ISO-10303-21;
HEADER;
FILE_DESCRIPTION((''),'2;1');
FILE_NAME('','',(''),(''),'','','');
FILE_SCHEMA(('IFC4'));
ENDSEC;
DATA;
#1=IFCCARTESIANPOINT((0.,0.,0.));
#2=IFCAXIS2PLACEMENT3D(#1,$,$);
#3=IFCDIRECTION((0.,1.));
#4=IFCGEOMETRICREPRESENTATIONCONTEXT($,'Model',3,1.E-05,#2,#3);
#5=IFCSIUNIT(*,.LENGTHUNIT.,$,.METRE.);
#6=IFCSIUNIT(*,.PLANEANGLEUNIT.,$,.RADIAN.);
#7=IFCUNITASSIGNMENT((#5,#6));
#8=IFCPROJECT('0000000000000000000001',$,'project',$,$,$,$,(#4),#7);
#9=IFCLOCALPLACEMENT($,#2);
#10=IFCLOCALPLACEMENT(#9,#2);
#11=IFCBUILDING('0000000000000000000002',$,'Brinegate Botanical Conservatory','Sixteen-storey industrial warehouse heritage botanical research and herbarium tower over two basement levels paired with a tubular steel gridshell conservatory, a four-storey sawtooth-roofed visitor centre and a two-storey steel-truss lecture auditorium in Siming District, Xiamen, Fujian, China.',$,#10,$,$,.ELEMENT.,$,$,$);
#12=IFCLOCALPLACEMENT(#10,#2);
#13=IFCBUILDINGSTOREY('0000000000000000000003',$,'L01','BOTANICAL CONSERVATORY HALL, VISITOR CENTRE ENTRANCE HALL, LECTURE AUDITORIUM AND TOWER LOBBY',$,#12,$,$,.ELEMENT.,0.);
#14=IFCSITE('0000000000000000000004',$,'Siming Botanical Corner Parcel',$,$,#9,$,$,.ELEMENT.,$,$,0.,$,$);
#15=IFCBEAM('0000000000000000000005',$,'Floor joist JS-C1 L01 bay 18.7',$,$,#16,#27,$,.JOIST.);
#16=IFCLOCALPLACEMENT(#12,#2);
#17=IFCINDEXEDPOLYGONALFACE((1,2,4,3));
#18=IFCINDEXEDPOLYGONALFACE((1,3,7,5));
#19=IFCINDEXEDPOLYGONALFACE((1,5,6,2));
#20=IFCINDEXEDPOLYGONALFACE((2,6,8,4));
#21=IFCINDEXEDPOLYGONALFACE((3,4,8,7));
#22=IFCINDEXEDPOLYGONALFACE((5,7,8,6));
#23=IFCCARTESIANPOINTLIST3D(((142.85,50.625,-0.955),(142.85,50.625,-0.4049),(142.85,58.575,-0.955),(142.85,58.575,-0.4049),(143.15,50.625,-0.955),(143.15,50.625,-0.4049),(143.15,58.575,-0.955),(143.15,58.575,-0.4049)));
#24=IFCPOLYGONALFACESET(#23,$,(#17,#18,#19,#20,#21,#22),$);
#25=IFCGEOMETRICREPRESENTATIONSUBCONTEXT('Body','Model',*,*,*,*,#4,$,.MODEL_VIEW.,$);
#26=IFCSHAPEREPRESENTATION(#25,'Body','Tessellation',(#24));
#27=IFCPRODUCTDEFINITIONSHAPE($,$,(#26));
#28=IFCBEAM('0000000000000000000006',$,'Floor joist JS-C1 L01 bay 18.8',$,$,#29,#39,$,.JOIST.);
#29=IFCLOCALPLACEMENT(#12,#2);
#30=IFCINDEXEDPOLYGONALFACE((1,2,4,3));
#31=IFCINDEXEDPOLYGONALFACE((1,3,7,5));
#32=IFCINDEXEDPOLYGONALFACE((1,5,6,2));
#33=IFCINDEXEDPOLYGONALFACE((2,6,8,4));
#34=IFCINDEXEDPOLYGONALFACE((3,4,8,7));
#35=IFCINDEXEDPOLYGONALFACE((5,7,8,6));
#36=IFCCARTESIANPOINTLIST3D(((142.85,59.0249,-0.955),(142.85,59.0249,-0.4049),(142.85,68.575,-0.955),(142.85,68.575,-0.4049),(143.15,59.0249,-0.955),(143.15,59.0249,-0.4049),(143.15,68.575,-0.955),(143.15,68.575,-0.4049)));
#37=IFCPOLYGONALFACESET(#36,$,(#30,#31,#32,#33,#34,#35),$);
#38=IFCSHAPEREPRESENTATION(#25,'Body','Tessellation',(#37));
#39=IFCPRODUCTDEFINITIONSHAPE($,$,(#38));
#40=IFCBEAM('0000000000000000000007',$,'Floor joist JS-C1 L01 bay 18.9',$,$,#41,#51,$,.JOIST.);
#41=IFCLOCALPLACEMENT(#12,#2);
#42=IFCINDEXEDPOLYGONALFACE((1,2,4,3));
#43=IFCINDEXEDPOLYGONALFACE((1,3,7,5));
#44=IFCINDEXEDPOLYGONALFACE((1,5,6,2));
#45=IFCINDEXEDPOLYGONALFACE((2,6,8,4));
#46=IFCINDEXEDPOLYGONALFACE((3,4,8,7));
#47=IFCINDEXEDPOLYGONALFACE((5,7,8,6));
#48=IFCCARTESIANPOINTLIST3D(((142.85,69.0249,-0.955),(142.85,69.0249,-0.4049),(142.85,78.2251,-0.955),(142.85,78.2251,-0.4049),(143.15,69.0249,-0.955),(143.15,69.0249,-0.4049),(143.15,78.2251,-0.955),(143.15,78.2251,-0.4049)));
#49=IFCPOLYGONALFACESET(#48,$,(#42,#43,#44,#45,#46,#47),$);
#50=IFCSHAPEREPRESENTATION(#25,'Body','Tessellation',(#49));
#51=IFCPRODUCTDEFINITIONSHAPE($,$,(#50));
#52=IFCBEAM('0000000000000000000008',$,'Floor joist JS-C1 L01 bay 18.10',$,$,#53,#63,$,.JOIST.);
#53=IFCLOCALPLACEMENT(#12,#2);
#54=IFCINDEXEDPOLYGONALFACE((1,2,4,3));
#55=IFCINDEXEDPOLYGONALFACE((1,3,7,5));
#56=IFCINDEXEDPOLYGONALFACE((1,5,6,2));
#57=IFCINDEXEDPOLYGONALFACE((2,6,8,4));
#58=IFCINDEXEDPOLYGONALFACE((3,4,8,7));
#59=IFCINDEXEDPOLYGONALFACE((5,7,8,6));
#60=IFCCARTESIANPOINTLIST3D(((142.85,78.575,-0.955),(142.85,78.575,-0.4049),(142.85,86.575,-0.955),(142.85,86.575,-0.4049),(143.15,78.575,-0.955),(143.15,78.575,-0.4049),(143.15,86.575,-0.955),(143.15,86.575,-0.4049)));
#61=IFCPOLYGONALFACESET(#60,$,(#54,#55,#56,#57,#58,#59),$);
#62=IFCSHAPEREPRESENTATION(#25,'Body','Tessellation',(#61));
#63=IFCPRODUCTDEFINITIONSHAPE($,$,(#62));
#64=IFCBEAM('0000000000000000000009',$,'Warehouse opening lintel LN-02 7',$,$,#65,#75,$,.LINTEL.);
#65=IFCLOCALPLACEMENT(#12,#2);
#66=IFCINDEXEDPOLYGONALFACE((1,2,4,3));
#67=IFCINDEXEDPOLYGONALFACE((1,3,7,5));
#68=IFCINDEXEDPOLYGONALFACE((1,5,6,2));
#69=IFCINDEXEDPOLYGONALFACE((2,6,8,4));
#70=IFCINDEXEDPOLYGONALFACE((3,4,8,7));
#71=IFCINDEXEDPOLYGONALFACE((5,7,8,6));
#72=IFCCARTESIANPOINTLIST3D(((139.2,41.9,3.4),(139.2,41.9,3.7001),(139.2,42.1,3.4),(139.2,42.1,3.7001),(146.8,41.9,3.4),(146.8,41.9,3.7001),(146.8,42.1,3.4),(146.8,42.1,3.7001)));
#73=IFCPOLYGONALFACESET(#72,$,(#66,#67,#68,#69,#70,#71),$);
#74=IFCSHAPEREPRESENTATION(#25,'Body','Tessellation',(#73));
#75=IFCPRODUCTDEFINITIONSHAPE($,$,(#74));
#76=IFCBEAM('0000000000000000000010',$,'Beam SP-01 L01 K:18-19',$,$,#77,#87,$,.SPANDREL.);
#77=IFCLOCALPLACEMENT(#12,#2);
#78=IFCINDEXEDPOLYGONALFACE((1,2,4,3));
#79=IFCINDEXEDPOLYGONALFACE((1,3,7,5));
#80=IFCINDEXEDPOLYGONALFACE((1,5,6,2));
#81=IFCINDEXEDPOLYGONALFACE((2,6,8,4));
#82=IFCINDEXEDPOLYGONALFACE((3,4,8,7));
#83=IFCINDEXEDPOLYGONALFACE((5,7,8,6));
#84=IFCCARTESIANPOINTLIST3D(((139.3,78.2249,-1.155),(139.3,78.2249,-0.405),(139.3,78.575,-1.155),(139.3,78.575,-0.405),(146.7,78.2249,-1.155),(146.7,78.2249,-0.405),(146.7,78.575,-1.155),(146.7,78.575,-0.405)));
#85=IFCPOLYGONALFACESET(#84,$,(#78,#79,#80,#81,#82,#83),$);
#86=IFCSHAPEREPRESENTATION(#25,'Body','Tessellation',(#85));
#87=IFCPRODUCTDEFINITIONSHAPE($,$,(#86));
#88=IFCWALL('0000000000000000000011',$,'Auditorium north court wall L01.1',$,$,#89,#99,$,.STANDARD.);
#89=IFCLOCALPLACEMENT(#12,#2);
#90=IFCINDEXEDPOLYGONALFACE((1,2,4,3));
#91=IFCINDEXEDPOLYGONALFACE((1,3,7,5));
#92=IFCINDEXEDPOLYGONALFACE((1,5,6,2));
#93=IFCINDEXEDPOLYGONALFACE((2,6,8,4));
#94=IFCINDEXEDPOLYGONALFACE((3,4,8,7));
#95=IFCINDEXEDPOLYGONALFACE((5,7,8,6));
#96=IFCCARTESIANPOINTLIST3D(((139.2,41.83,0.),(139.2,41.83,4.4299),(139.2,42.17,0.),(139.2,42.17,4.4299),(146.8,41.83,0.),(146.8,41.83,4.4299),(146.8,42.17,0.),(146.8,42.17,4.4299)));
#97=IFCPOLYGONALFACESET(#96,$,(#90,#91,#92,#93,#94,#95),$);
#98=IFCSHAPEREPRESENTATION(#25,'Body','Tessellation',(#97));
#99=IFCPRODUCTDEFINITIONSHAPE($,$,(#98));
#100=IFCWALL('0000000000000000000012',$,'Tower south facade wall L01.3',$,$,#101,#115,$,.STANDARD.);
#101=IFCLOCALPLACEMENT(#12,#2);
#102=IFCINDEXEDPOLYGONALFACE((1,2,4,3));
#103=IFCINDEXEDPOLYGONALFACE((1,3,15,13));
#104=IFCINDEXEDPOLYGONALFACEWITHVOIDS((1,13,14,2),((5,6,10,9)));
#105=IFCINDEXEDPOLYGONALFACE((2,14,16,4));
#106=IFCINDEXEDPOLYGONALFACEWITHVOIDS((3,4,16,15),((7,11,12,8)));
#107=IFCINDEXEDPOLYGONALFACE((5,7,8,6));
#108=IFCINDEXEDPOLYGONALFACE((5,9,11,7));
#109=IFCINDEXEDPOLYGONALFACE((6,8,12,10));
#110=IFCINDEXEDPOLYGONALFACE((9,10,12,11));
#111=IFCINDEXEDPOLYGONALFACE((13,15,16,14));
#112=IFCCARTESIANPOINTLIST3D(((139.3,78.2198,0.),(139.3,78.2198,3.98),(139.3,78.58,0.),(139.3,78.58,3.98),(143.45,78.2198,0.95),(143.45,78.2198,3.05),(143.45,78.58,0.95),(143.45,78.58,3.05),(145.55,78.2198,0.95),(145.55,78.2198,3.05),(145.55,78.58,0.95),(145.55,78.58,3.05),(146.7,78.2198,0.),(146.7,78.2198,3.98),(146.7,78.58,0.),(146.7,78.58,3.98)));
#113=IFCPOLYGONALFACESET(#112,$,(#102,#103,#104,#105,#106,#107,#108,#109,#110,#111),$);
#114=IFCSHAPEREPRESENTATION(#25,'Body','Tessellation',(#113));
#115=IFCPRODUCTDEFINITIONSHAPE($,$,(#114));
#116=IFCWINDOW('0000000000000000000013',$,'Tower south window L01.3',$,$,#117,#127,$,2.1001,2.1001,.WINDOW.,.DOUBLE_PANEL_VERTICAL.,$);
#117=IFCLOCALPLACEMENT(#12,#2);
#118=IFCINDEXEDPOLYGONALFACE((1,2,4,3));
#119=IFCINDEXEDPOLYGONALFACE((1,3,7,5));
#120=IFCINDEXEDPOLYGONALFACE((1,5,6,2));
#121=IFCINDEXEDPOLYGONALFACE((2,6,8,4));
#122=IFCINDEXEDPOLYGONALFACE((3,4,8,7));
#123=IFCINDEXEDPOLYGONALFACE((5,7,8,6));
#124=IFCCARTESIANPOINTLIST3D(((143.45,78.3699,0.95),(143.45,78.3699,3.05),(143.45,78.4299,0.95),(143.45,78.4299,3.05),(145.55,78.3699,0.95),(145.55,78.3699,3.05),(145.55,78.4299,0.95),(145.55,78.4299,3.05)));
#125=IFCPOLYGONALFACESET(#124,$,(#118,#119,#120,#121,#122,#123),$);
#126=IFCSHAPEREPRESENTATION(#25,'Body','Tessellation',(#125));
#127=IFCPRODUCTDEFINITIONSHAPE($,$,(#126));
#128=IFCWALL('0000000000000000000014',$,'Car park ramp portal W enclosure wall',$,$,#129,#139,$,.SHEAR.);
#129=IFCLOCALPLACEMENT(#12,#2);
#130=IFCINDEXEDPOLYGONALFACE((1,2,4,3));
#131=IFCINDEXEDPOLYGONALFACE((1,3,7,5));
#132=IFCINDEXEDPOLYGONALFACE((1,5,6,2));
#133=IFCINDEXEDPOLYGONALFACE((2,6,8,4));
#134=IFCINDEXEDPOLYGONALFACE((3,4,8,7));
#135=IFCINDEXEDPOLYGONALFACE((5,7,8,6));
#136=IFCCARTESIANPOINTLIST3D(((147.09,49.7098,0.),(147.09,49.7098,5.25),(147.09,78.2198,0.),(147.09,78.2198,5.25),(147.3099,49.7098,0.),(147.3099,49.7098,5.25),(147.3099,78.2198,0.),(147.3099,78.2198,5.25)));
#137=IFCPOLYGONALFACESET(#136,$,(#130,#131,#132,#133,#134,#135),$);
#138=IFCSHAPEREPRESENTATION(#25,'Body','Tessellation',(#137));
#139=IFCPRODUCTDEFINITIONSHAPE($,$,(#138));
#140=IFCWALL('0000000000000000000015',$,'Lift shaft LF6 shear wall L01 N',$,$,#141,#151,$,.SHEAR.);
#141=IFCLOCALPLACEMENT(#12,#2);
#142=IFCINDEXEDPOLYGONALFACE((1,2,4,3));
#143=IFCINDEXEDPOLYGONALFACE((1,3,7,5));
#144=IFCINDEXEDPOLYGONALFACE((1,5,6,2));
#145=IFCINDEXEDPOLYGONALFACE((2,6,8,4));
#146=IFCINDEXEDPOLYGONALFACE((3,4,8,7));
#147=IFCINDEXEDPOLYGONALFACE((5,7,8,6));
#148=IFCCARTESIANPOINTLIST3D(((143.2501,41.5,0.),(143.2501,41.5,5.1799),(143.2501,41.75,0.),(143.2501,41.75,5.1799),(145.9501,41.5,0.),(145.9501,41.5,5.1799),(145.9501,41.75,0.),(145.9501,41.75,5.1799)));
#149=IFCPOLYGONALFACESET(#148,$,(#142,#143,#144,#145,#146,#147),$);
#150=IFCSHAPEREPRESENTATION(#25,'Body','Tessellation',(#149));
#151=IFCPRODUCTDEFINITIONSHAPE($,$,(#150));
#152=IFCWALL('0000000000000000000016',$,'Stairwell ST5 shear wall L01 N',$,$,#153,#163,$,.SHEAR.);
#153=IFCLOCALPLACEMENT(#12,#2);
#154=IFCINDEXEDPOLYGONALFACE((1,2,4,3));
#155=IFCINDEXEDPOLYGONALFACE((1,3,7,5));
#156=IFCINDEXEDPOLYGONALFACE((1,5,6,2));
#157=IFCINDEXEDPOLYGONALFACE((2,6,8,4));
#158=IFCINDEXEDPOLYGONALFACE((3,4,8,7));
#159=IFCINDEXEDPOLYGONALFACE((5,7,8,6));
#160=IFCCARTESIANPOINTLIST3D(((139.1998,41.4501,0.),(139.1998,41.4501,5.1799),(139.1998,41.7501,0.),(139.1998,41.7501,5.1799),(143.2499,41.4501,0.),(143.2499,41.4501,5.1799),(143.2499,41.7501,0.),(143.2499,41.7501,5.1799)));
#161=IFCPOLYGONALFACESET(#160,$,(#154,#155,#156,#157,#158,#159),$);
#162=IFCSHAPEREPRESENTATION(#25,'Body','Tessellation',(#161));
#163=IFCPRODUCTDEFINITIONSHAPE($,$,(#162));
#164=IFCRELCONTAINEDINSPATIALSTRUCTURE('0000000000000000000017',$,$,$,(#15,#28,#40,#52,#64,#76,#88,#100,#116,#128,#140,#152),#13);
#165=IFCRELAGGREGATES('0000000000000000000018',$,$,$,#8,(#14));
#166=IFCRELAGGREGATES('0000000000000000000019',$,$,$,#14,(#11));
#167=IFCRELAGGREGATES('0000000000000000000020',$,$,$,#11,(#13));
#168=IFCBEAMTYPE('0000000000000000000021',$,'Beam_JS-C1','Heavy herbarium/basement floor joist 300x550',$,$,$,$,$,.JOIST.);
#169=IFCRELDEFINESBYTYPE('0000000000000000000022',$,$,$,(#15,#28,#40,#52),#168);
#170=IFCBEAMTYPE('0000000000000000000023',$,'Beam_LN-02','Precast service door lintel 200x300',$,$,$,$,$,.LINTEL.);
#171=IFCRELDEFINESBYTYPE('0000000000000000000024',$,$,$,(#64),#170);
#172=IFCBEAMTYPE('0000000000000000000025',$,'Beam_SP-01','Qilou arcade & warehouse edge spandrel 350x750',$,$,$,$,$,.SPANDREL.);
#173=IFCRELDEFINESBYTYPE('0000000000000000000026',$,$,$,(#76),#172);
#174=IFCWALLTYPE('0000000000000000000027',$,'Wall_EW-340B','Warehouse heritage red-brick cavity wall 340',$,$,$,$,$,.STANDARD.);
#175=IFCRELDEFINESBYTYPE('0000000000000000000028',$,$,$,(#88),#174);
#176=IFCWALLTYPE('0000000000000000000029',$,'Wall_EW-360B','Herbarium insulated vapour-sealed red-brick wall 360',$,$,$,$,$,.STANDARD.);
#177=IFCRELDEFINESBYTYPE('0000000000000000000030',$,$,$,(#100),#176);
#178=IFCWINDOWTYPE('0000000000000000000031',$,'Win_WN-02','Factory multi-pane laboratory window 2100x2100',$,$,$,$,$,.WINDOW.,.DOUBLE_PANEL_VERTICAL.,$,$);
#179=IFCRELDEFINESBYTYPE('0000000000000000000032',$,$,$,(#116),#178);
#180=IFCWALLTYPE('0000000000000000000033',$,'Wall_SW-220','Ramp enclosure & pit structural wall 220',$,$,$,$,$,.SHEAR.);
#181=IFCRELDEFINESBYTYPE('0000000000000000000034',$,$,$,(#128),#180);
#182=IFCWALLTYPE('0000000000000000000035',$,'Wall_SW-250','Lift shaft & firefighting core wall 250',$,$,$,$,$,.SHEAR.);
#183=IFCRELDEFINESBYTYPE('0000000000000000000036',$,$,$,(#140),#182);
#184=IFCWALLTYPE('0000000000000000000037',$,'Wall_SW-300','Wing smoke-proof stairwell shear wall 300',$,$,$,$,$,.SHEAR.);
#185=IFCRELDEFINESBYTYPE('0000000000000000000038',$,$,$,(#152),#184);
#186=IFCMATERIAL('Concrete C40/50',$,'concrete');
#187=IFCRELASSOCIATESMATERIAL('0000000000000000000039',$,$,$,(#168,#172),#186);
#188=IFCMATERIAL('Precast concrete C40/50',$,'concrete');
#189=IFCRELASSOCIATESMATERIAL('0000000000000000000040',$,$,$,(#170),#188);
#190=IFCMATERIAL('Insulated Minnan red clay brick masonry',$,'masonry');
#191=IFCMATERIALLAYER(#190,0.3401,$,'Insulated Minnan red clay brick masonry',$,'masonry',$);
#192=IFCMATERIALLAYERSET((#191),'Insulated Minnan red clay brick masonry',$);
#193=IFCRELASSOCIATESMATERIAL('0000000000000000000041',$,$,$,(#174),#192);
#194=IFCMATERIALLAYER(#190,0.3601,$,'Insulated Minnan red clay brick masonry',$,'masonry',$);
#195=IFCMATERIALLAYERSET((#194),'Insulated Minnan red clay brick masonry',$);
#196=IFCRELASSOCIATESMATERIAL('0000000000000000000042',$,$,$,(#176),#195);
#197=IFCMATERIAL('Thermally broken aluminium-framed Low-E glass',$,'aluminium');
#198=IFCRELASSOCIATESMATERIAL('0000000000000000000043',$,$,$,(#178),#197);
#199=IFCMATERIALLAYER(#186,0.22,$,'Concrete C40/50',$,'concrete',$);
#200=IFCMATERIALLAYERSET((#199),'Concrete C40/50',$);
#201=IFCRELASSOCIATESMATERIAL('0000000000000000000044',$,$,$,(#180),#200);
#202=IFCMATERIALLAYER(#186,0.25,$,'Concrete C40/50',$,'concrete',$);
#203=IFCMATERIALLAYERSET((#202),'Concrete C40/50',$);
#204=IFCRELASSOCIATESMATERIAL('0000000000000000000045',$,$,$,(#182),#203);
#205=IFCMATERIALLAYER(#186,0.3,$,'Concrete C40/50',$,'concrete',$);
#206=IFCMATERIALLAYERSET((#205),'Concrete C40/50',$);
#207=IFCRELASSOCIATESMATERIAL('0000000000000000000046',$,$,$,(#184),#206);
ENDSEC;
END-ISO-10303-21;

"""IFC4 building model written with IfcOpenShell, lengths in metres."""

from ifc_helpers import new_model, si_unit, direction, frame, frame_2d, origin, origin_2d, place, context, subcontext, project, spatial, rectangle, extrude, material, layer, layer_set, material_profile, profile_set, type_object, element, fill, save


model = new_model("IFC4")

# Units and contexts
model_context = context("Model", 3, precision=1e-05, world=origin(), true_north=direction((0.0, 1.0)))
body_context = subcontext(model_context, "Body", "Model", "MODEL_VIEW")
ifc_project = project(units=[si_unit("LENGTHUNIT", "METRE"), si_unit("PLANEANGLEUNIT", "RADIAN")], contexts=[model_context])

# Site, building, storey
site_placement = place(None, origin())
site = spatial("IfcSite", under=ifc_project, at=site_placement, Name="Siming Botanical Corner Parcel", CompositionType="ELEMENT", RefElevation=0.0)
building_placement = place(site_placement, origin())
building = spatial("IfcBuilding", under=site, at=building_placement, Name="Brinegate Botanical Conservatory", Description="Sixteen-storey industrial warehouse heritage botanical research and herbarium tower over two basement levels paired with a tubular steel gridshell conservatory, a four-storey sawtooth-roofed visitor centre and a two-storey steel-truss lecture auditorium in Siming District, Xiamen, Fujian, China.", CompositionType="ELEMENT")
storey_placement = place(building_placement, origin())
storey = spatial("IfcBuildingStorey", under=building, at=storey_placement, Name="L01", Description="BOTANICAL CONSERVATORY HALL, VISITOR CENTRE ENTRANCE HALL, LECTURE AUDITORIUM AND TOWER LOBBY", CompositionType="ELEMENT", Elevation=0.0)

# Shared definitions
ifc_material_1 = material(Name="Concrete C40/50", Category="concrete")

# Beams
ifc_material_profile_1 = material_profile(ifc_material_1, rectangle(XDim=0.3, YDim=0.55, at=origin_2d()), Name="RC JST 300x550")
ifc_profile_set_1 = profile_set([ifc_material_profile_1], Name="Concrete C40/50")
beam_type_1 = type_object("IfcBeamType", Name="Beam_JS-C1", Description="Heavy herbarium/basement floor joist 300x550", PredefinedType="JOIST", material=ifc_profile_set_1)
for number, where, z_axis, x_axis, name in (
    (1, (143.0, 50.625, -0.6799), (0.0, 1.0, 0.0), (-1.0, 0.0, 0.0), "Floor joist JS-C1 L01 bay 18.7"),
):
    element("IfcBeam", number, at=place(storey_placement, frame(where, z_axis=z_axis, x_axis=x_axis)), inside=storey, type_object=beam_type_1, Name=name, PredefinedType="JOIST", context=body_context, shape_type="SweptSolid", body=[
        extrude(rectangle(XDim=0.3, YDim=0.55, at=origin_2d()), origin(), (0.0, 0.0, 1.0), 7.95),
    ])
beam_1_placement = place(storey_placement, frame((143.0, 59.0249, -0.6799), z_axis=(0.0, 1.0, 0.0), x_axis=(-1.0, 0.0, 0.0)))
element("IfcBeam", 2, at=beam_1_placement, inside=storey, type_object=beam_type_1, Name="Floor joist JS-C1 L01 bay 18.8", PredefinedType="JOIST", context=body_context, shape_type="SweptSolid", body=[
    extrude(rectangle(XDim=0.3, YDim=0.55, at=origin_2d()), origin(), (0.0, 0.0, 1.0), 9.55),
])
beam_2_placement = place(storey_placement, frame((143.0, 69.0249, -0.6799), z_axis=(0.0, 1.0, 0.0), x_axis=(-1.0, 0.0, 0.0)))
element("IfcBeam", 3, at=beam_2_placement, inside=storey, type_object=beam_type_1, Name="Floor joist JS-C1 L01 bay 18.9", PredefinedType="JOIST", context=body_context, shape_type="SweptSolid", body=[
    extrude(rectangle(XDim=0.3, YDim=0.55, at=origin_2d()), origin(), (0.0, 0.0, 1.0), 9.2002),
])
beam_3_placement = place(storey_placement, frame((143.0, 78.575, -0.6799), z_axis=(0.0, 1.0, 0.0), x_axis=(-1.0, 0.0, 0.0)))
element("IfcBeam", 4, at=beam_3_placement, inside=storey, type_object=beam_type_1, Name="Floor joist JS-C1 L01 bay 18.10", PredefinedType="JOIST", context=body_context, shape_type="SweptSolid", body=[
    extrude(rectangle(XDim=0.3, YDim=0.55, at=origin_2d()), origin(), (0.0, 0.0, 1.0), 8.0),
])
ifc_material_2 = material(Name="Precast concrete C40/50", Category="concrete")
ifc_material_profile_2 = material_profile(ifc_material_2, rectangle(XDim=0.2, YDim=0.3, at=origin_2d()), Name="RC LNT 200x300")
ifc_profile_set_2 = profile_set([ifc_material_profile_2], Name="Precast concrete C40/50")
beam_type_2 = type_object("IfcBeamType", Name="Beam_LN-02", Description="Precast service door lintel 200x300", PredefinedType="LINTEL", material=ifc_profile_set_2)
beam_4_placement = place(storey_placement, frame((139.2, 42.0, 3.55), z_axis=(1.0, 0.0, 0.0), x_axis=(0.0, 1.0, 0.0)))
element("IfcBeam", 5, at=beam_4_placement, inside=storey, type_object=beam_type_2, Name="Warehouse opening lintel LN-02 7", PredefinedType="LINTEL", context=body_context, shape_type="SweptSolid", body=[
    extrude(rectangle(XDim=0.2, YDim=0.3, at=origin_2d()), origin(), (0.0, 0.0, 1.0), 7.6001),
])
ifc_material_profile_3 = material_profile(ifc_material_1, rectangle(XDim=0.3501, YDim=0.75, at=origin_2d()), Name="RC SPN 350x750")
ifc_profile_set_3 = profile_set([ifc_material_profile_3], Name="Concrete C40/50")
beam_type_3 = type_object("IfcBeamType", Name="Beam_SP-01", Description="Qilou arcade & warehouse edge spandrel 350x750", PredefinedType="SPANDREL", material=ifc_profile_set_3)
beam_5_placement = place(storey_placement, frame((139.3, 78.3999, -0.78), z_axis=(1.0, 0.0, 0.0), x_axis=(0.0, 1.0, 0.0)))
element("IfcBeam", 6, at=beam_5_placement, inside=storey, type_object=beam_type_3, Name="Beam SP-01 L01 K:18-19", PredefinedType="SPANDREL", context=body_context, shape_type="SweptSolid", body=[
    extrude(rectangle(XDim=0.3501, YDim=0.75, at=origin_2d()), origin(), (0.0, 0.0, 1.0), 7.3999),
])

# Wall
ifc_material_3 = material(Name="Insulated Minnan red clay brick masonry", Category="masonry")
ifc_layer_1 = layer(ifc_material_3, 0.3401, Name="Insulated Minnan red clay brick masonry", Category="masonry")
ifc_layer_set_1 = layer_set([ifc_layer_1], Name="Insulated Minnan red clay brick masonry")
wall_type_1 = type_object("IfcWallType", Name="Wall_EW-340B", Description="Warehouse heritage red-brick cavity wall 340", PredefinedType="STANDARD", material=ifc_layer_set_1)
wall_1_placement = place(storey_placement, frame((139.2, 42.0, 0.0), z_axis=(0.0, 0.0, 1.0), x_axis=(1.0, 0.0, 0.0)))
element("IfcWall", 7, at=wall_1_placement, inside=storey, type_object=wall_type_1, Name="Auditorium north court wall L01.1", PredefinedType="STANDARD", context=body_context, shape_type="SweptSolid", body=[
    extrude(rectangle(XDim=7.6001, YDim=0.3401, at=frame_2d((3.8, 0.0))), origin(), (0.0, 0.0, 1.0), 4.4299),
])

# Wall, opening, window
ifc_layer_2 = layer(ifc_material_3, 0.3601, Name="Insulated Minnan red clay brick masonry", Category="masonry")
ifc_layer_set_2 = layer_set([ifc_layer_2], Name="Insulated Minnan red clay brick masonry")
wall_type_2 = type_object("IfcWallType", Name="Wall_EW-360B", Description="Herbarium insulated vapour-sealed red-brick wall 360", PredefinedType="STANDARD", material=ifc_layer_set_2)
wall_2_placement = place(storey_placement, frame((146.7, 78.3999, 0.0), z_axis=(0.0, 0.0, 1.0), x_axis=(-1.0, 0.0, 0.0)))
wall_2 = element("IfcWall", 8, at=wall_2_placement, inside=storey, type_object=wall_type_2, Name="Tower south facade wall L01.3", PredefinedType="STANDARD", context=body_context, shape_type="SweptSolid", body=[
    extrude(rectangle(XDim=7.3999, YDim=0.3601, at=frame_2d((3.7, 0.0))), origin(), (0.0, 0.0, 1.0), 3.98),
])
opening_placement = place(wall_2_placement, frame((1.1499, 0.0, 0.95)))
opening = element("IfcOpeningElement", 9, at=opening_placement, cuts=wall_2, PredefinedType="OPENING", context=body_context, shape_type="SweptSolid", body=[
    extrude(rectangle(XDim=2.1001, YDim=2.1001, at=frame_2d((1.05, 1.05))), frame((0.0, 0.1899, 0.0), z_axis=(0.0, -1.0, 0.0), x_axis=(1.0, 0.0, 0.0)), (0.0, 0.0, 1.0), 0.3801),
])
ifc_material_4 = material(Name="Thermally broken aluminium-framed Low-E glass", Category="aluminium")
window_type = type_object("IfcWindowType", Name="Win_WN-02", Description="Factory multi-pane laboratory window 2100x2100", PartitioningType="DOUBLE_PANEL_VERTICAL", PredefinedType="WINDOW", material=ifc_material_4)
window_placement = place(opening_placement, origin())
window = element("IfcWindow", 10, at=window_placement, inside=storey, type_object=window_type, Name="Tower south window L01.3", OverallHeight=2.1001, OverallWidth=2.1001, PartitioningType="DOUBLE_PANEL_VERTICAL", PredefinedType="WINDOW", context=body_context, shape_type="SweptSolid", body=[
    extrude(rectangle(XDim=2.1001, YDim=2.1001, at=frame_2d((1.05, 1.05))), frame((0.0, 0.03, 0.0), z_axis=(0.0, -1.0, 0.0), x_axis=(1.0, 0.0, 0.0)), (0.0, 0.0, 1.0), 0.0601),
])
fill(opening, window)

# Walls
ifc_layer_3 = layer(ifc_material_1, 0.22, Name="Concrete C40/50", Category="concrete")
ifc_layer_set_3 = layer_set([ifc_layer_3], Name="Concrete C40/50")
wall_type_3 = type_object("IfcWallType", Name="Wall_SW-220", Description="Ramp enclosure & pit structural wall 220", PredefinedType="SHEAR", material=ifc_layer_set_3)
wall_3_placement = place(storey_placement, frame((147.2, 49.71, 0.0), z_axis=(0.0, 0.0, 1.0), x_axis=(0.0, 1.0, 0.0)))
element("IfcWall", 11, at=wall_3_placement, inside=storey, type_object=wall_type_3, Name="Car park ramp portal W enclosure wall", PredefinedType="SHEAR", context=body_context, shape_type="SweptSolid", body=[
    extrude(rectangle(XDim=28.51, YDim=0.22, at=frame_2d((14.2549, 0.0))), origin(), (0.0, 0.0, 1.0), 5.25),
])
ifc_layer_4 = layer(ifc_material_1, 0.25, Name="Concrete C40/50", Category="concrete")
ifc_layer_set_4 = layer_set([ifc_layer_4], Name="Concrete C40/50")
wall_type_4 = type_object("IfcWallType", Name="Wall_SW-250", Description="Lift shaft & firefighting core wall 250", PredefinedType="SHEAR", material=ifc_layer_set_4)
wall_4_placement = place(storey_placement, frame((143.25, 41.625, 0.0), z_axis=(0.0, 0.0, 1.0), x_axis=(1.0, 0.0, 0.0)))
element("IfcWall", 12, at=wall_4_placement, inside=storey, type_object=wall_type_4, Name="Lift shaft LF6 shear wall L01 N", PredefinedType="SHEAR", context=body_context, shape_type="SweptSolid", body=[
    extrude(rectangle(XDim=2.7, YDim=0.25, at=frame_2d((1.3501, 0.0))), origin(), (0.0, 0.0, 1.0), 5.1799),
])
ifc_layer_5 = layer(ifc_material_1, 0.3, Name="Concrete C40/50", Category="concrete")
ifc_layer_set_5 = layer_set([ifc_layer_5], Name="Concrete C40/50")
wall_type_5 = type_object("IfcWallType", Name="Wall_SW-300", Description="Wing smoke-proof stairwell shear wall 300", PredefinedType="SHEAR", material=ifc_layer_set_5)
wall_5_placement = place(storey_placement, frame((139.2, 41.6001, 0.0), z_axis=(0.0, 0.0, 1.0), x_axis=(1.0, 0.0, 0.0)))
element("IfcWall", 13, at=wall_5_placement, inside=storey, type_object=wall_type_5, Name="Stairwell ST5 shear wall L01 N", PredefinedType="SHEAR", context=body_context, shape_type="SweptSolid", body=[
    extrude(rectangle(XDim=4.05, YDim=0.3, at=frame_2d((2.0249, 0.0))), origin(), (0.0, 0.0, 1.0), 5.1799),
])

save(model, "model.ifc")
